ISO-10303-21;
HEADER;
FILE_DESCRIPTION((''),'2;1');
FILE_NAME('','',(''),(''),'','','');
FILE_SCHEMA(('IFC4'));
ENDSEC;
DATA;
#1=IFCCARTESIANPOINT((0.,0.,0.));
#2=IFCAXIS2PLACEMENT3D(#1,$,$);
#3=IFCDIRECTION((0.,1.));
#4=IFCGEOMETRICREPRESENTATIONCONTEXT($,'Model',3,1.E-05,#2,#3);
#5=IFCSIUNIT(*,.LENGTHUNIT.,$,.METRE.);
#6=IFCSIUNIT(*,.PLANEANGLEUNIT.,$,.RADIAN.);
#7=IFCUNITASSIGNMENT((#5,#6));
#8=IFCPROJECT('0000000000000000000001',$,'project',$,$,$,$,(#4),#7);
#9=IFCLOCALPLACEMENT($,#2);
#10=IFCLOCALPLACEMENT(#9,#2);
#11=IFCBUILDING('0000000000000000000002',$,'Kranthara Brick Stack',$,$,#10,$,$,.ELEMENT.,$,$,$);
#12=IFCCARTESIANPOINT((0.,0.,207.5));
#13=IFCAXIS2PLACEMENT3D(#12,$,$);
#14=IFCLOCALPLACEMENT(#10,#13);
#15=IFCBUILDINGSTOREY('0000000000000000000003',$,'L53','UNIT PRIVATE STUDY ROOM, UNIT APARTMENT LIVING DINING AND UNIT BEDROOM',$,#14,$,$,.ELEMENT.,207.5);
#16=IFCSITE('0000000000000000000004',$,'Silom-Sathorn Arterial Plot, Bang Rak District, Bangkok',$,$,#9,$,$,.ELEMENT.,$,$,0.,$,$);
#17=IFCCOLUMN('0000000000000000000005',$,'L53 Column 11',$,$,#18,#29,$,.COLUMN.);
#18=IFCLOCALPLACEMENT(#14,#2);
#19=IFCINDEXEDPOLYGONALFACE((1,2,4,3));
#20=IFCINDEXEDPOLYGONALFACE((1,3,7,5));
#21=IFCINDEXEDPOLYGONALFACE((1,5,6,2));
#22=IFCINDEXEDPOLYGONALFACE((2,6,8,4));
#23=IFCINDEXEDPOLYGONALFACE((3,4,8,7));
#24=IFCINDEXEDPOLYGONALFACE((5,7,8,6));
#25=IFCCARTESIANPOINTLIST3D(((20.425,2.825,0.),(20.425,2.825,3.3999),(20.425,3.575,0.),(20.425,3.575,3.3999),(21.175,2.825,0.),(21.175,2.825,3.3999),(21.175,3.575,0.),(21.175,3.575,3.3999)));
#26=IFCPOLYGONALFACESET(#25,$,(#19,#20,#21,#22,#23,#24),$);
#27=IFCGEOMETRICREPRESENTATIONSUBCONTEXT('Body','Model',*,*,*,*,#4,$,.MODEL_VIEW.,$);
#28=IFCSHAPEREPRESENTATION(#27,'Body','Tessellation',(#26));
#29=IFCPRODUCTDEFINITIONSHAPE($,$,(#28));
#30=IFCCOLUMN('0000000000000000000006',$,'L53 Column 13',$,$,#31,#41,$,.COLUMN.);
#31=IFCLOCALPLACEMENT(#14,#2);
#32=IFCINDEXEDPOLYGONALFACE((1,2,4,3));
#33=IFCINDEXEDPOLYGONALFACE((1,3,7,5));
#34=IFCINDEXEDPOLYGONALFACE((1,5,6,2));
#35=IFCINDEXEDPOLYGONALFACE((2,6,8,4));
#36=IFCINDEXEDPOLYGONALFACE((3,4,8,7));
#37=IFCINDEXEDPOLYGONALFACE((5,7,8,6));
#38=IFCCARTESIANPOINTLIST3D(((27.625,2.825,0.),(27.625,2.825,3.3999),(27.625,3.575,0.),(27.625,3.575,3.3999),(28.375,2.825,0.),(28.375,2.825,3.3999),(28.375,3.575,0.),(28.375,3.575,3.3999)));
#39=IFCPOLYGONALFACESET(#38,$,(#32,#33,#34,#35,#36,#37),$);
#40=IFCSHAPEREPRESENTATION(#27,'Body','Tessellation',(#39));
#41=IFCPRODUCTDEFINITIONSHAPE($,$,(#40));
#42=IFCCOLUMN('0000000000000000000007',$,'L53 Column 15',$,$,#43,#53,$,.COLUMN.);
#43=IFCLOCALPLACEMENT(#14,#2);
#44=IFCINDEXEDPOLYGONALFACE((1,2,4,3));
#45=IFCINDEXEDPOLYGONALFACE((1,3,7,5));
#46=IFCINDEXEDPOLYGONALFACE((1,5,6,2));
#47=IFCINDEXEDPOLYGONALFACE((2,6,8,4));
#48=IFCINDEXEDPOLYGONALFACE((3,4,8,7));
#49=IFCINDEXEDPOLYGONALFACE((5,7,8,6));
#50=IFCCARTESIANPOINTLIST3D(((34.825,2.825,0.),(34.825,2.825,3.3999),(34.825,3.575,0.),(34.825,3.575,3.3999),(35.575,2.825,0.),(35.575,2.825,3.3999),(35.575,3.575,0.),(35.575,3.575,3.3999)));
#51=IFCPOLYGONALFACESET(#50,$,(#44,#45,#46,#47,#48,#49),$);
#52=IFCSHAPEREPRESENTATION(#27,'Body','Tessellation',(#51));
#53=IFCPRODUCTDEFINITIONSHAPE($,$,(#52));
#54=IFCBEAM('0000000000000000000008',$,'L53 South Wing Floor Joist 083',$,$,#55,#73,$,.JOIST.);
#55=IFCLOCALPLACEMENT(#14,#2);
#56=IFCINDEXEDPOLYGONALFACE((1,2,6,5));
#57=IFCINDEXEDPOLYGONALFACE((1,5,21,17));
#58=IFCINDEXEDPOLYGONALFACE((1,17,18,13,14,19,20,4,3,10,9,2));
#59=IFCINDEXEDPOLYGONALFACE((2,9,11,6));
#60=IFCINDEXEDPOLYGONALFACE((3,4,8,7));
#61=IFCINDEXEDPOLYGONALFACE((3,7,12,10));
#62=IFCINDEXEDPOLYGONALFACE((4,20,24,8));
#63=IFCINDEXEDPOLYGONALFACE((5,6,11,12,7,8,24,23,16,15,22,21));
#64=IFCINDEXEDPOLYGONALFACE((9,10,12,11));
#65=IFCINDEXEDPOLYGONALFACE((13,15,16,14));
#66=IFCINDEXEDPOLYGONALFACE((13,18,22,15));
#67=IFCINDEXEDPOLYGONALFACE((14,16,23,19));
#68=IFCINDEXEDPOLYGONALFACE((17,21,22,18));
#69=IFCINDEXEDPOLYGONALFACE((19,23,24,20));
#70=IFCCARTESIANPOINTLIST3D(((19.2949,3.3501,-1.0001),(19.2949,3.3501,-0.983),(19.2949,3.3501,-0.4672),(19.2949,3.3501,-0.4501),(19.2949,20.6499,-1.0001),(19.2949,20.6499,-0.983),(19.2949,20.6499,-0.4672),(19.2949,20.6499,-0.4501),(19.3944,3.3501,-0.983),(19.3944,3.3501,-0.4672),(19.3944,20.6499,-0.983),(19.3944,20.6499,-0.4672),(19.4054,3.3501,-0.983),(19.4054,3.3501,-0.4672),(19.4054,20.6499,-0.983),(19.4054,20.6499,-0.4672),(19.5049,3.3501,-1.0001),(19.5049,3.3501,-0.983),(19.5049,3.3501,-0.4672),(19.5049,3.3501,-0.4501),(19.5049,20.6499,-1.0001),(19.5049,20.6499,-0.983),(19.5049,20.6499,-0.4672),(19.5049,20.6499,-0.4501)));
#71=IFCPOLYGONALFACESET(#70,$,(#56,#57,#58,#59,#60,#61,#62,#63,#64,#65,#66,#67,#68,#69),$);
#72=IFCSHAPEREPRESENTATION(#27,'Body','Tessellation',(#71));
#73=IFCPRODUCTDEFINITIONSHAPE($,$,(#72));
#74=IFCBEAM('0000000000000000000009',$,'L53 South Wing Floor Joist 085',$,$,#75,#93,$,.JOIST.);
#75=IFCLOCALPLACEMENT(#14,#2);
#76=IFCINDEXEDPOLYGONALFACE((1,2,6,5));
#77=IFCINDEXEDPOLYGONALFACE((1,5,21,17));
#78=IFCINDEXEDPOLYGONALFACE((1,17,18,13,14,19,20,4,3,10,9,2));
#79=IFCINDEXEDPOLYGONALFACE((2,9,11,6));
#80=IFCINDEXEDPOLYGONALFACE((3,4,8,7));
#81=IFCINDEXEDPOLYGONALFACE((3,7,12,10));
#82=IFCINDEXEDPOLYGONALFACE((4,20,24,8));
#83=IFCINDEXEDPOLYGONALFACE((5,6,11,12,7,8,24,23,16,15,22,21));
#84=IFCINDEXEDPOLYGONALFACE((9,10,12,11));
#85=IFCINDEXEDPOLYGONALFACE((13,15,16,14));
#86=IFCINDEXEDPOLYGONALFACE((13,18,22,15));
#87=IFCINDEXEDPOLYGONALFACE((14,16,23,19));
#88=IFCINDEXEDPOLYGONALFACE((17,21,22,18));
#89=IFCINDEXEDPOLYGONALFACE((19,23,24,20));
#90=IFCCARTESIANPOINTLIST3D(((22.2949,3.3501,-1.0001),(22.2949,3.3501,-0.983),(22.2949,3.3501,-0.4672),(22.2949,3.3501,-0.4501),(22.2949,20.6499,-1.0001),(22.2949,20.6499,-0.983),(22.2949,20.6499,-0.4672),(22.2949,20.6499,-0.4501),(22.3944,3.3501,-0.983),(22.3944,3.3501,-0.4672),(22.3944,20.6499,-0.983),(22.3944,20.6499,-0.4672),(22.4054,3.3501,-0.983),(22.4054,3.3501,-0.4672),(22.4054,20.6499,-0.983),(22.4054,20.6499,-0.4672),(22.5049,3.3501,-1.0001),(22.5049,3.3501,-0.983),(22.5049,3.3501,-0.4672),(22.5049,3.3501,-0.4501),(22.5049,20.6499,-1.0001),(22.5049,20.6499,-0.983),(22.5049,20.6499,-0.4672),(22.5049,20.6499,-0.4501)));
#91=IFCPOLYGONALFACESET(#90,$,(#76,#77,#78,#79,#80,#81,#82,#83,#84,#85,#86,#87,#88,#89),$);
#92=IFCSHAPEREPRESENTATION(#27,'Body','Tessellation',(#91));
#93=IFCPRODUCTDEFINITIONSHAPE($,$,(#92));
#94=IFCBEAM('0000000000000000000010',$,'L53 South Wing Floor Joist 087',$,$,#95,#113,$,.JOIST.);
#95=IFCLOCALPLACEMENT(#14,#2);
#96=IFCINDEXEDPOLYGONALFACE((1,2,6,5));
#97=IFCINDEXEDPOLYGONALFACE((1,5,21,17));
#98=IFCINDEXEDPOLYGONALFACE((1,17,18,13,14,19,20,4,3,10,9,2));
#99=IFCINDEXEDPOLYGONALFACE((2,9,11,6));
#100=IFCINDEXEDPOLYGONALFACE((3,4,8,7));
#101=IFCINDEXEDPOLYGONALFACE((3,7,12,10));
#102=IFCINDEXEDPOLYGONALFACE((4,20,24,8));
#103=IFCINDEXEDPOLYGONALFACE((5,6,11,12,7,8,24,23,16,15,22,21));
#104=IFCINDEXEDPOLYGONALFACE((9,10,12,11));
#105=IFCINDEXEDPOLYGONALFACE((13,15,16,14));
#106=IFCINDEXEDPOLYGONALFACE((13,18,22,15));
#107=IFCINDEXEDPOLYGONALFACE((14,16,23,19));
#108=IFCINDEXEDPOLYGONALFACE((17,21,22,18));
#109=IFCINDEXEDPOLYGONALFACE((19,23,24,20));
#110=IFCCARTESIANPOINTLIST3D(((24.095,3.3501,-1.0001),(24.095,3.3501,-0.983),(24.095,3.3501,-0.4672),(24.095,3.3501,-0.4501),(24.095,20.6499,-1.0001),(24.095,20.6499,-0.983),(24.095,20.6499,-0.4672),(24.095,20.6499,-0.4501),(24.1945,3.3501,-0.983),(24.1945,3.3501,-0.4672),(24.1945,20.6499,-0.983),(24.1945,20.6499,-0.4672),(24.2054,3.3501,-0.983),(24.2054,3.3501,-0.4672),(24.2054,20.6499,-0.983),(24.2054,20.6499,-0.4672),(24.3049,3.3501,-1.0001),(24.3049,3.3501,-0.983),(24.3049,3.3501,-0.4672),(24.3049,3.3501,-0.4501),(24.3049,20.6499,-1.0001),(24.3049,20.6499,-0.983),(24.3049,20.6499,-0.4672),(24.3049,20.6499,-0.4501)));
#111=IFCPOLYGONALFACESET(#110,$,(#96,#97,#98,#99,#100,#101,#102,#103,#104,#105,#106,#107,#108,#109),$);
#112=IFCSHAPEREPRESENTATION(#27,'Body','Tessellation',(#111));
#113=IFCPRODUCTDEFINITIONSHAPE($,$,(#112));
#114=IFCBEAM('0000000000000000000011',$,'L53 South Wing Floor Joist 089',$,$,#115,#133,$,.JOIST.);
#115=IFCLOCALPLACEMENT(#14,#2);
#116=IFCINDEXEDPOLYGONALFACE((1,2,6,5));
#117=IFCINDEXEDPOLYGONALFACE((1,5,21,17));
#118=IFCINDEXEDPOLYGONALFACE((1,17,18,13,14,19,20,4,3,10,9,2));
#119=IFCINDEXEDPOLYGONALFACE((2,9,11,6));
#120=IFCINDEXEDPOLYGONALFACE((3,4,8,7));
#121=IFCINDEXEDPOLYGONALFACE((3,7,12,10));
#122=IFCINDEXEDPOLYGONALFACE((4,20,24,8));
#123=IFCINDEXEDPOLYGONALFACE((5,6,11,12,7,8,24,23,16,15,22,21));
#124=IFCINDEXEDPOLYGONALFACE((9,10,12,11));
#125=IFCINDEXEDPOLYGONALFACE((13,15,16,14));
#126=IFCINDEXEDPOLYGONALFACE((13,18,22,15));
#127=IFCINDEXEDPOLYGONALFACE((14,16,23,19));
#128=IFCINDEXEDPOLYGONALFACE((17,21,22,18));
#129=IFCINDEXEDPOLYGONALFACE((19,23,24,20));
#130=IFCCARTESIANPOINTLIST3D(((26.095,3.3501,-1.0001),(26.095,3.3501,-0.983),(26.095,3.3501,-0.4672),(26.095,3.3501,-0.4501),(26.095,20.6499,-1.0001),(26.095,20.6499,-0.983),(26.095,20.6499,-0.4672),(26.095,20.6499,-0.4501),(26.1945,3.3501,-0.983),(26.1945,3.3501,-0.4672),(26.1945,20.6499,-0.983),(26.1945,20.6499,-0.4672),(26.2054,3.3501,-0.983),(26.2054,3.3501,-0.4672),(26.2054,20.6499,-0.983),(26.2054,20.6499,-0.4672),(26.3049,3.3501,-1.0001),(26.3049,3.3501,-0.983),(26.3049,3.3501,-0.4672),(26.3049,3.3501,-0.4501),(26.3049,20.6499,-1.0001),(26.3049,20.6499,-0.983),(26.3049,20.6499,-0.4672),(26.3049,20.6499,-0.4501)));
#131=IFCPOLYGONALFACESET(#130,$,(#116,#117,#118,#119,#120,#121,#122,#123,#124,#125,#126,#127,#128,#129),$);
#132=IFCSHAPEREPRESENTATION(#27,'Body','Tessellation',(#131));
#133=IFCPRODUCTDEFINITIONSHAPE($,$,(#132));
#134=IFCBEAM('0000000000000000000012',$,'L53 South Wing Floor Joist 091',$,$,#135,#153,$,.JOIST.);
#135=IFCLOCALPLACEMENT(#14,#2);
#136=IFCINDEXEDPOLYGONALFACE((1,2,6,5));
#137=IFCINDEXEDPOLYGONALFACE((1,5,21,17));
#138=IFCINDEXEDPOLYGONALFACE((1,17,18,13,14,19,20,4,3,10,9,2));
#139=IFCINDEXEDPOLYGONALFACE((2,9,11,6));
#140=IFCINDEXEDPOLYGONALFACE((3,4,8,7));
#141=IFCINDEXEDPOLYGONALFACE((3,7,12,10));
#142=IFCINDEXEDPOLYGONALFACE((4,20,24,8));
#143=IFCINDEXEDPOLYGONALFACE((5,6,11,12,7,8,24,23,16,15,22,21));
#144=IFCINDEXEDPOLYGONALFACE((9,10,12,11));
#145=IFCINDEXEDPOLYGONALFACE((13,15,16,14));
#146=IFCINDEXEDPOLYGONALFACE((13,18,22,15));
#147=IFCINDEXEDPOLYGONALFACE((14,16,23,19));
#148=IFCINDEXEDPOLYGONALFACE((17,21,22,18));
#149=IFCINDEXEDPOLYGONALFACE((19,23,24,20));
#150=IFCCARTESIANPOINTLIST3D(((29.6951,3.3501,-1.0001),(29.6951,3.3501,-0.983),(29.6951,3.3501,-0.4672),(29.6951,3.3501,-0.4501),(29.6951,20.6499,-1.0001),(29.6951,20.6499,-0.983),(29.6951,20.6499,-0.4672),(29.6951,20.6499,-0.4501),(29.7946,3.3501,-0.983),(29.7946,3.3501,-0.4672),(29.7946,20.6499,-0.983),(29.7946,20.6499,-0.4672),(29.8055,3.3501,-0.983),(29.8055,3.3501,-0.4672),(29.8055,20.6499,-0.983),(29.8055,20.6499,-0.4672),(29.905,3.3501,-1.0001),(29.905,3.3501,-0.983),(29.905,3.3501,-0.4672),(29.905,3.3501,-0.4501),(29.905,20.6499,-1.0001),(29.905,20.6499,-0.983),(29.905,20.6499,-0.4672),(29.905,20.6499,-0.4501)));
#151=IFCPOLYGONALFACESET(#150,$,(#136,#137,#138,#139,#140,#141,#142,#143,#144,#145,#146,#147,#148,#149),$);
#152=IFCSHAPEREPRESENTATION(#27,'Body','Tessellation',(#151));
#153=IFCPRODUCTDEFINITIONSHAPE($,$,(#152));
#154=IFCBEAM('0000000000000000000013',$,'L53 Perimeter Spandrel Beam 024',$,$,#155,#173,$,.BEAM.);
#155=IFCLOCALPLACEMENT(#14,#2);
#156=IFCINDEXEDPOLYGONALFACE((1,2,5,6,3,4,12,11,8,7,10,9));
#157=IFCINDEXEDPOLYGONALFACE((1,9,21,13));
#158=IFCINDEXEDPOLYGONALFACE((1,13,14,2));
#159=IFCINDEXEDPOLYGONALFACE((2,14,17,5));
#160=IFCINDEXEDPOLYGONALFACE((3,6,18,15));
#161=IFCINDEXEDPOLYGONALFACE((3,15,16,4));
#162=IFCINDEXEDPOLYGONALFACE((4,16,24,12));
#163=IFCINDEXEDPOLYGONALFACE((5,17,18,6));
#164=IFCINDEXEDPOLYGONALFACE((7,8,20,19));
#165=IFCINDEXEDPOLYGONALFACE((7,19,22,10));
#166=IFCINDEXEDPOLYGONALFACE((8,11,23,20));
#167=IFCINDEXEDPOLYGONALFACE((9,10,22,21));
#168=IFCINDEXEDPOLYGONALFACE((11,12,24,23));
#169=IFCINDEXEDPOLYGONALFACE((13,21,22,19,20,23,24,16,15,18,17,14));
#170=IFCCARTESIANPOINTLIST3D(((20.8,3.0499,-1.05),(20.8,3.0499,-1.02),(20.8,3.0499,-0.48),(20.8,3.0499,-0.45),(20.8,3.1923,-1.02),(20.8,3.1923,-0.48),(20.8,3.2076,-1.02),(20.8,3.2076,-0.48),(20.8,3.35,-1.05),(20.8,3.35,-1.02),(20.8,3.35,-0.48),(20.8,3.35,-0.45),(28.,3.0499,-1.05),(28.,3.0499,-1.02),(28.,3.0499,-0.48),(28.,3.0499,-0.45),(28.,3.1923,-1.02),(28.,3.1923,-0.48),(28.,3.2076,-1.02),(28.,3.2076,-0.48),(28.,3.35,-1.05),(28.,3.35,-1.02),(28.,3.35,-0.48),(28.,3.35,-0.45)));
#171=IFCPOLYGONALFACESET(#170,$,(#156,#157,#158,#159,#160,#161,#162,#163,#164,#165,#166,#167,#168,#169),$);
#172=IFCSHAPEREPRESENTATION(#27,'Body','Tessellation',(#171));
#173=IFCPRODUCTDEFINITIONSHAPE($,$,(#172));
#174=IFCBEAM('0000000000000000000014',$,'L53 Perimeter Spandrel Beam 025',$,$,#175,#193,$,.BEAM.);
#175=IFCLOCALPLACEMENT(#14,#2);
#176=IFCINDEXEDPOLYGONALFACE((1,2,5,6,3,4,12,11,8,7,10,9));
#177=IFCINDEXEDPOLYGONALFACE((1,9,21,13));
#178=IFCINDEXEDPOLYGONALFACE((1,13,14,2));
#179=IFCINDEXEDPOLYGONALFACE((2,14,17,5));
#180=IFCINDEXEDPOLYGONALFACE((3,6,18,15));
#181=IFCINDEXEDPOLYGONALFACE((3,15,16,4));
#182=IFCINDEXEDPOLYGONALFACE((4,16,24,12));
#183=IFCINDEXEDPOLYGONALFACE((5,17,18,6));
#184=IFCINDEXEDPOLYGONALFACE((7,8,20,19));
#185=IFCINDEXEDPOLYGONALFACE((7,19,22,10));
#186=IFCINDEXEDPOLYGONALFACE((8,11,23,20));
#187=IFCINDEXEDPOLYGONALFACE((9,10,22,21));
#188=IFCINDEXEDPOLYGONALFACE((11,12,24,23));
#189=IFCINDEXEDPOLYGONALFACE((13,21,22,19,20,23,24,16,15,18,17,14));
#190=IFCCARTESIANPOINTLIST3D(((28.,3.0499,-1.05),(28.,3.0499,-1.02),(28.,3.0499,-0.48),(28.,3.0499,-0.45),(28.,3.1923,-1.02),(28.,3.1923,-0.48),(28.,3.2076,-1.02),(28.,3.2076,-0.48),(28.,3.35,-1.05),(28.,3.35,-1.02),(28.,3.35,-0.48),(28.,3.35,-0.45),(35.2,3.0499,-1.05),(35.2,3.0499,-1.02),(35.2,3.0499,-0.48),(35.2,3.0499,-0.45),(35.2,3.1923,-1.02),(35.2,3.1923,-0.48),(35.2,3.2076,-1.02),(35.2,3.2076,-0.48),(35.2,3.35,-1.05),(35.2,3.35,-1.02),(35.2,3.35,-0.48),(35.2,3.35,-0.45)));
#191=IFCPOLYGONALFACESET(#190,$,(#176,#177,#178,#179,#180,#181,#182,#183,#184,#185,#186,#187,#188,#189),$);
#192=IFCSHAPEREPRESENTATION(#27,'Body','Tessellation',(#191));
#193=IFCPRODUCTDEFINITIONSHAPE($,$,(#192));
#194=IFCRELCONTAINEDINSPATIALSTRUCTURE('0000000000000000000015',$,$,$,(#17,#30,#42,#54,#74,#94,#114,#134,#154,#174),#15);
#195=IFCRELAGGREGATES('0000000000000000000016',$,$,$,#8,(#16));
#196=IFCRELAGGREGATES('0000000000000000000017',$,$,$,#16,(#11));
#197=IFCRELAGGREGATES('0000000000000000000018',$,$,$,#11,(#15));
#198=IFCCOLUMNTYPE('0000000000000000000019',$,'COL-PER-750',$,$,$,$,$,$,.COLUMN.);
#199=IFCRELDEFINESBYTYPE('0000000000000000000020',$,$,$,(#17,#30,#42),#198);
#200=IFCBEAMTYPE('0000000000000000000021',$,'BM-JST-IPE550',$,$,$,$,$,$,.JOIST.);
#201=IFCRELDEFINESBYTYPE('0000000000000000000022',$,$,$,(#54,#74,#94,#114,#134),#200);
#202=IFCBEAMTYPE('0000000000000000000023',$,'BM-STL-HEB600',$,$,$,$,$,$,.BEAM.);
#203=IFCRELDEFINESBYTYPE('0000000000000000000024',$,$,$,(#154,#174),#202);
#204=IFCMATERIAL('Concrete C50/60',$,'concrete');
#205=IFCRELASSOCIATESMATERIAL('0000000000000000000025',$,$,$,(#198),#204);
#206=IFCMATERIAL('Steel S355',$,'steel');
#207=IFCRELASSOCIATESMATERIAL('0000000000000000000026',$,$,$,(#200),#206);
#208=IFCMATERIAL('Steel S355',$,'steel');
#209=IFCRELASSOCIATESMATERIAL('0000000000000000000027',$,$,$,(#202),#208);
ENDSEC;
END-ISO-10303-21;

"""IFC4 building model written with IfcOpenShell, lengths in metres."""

from ifc_helpers import new_model, si_unit, direction, frame, origin, origin_2d, place, context, subcontext, project, spatial, rectangle, i_section, extrude, material, material_profile, profile_set, type_object, element, save


model = new_model("IFC4")

# Units and contexts
model_context = context("Model", 3, precision=1e-05, world=origin(), true_north=direction((0.0, 1.0)))
body_context = subcontext(model_context, "Body", "Model", "MODEL_VIEW")
ifc_project = project(units=[si_unit("LENGTHUNIT", "METRE"), si_unit("PLANEANGLEUNIT", "RADIAN")], contexts=[model_context])

# Site, building, storey
site_placement = place(None, origin())
site = spatial("IfcSite", under=ifc_project, at=site_placement, Name="Silom-Sathorn Arterial Plot, Bang Rak District, Bangkok", CompositionType="ELEMENT", RefElevation=0.0)
building_placement = place(site_placement, origin())
building = spatial("IfcBuilding", under=site, at=building_placement, Name="Kranthara Brick Stack", CompositionType="ELEMENT")
storey_placement = place(building_placement, frame((0.0, 0.0, 207.5)))
storey = spatial("IfcBuildingStorey", under=building, at=storey_placement, Name="L53", Description="UNIT PRIVATE STUDY ROOM, UNIT APARTMENT LIVING DINING AND UNIT BEDROOM", CompositionType="ELEMENT", Elevation=207.5)

# Columns
ifc_material_1 = material(Name="Concrete C50/60", Category="concrete")
ifc_material_profile_1 = material_profile(ifc_material_1, rectangle(XDim=0.75, YDim=0.75, at=origin_2d()), Name="RC 750x750")
ifc_profile_set_1 = profile_set([ifc_material_profile_1], Name="Concrete C50/60")
column_type = type_object("IfcColumnType", Name="COL-PER-750", PredefinedType="COLUMN", material=ifc_profile_set_1)
for number, where, z_axis, x_axis, name in (
    (1, (20.8, 3.2, 0.0), (0.0, 0.0, 1.0), (1.0, 0.0, 0.0), "L53 Column 11"),
    (2, (28.0, 3.2, 0.0), (0.0, 0.0, 1.0), (1.0, 0.0, 0.0), "L53 Column 13"),
    (3, (35.2, 3.2, 0.0), (0.0, 0.0, 1.0), (1.0, 0.0, 0.0), "L53 Column 15"),
):
    element("IfcColumn", number, at=place(storey_placement, frame(where, z_axis=z_axis, x_axis=x_axis)), inside=storey, type_object=column_type, Name=name, PredefinedType="COLUMN", context=body_context, shape_type="SweptSolid", body=[
        extrude(rectangle(XDim=0.75, YDim=0.75, at=origin_2d()), origin(), (0.0, 0.0, 1.0), 3.3999),
    ])

# Beams
ifc_material_2 = material(Name="Steel S355", Category="steel")
ifc_material_profile_2 = material_profile(ifc_material_2, i_section(OverallWidth=0.21, OverallDepth=0.55, WebThickness=0.011, FlangeThickness=0.0171, at=origin_2d()), Name="IPE 550")
ifc_profile_set_2 = profile_set([ifc_material_profile_2], Name="Steel S355")
beam_type_1 = type_object("IfcBeamType", Name="BM-JST-IPE550", PredefinedType="JOIST", material=ifc_profile_set_2)
for number, where, z_axis, x_axis, name in (
    (4, (19.3999, 3.3501, -0.7251), (0.0, 1.0, 0.0), (-1.0, 0.0, 0.0), "L53 South Wing Floor Joist 083"),
    (5, (22.3999, 3.3501, -0.7251), (0.0, 1.0, 0.0), (-1.0, 0.0, 0.0), "L53 South Wing Floor Joist 085"),
    (6, (24.2, 3.3501, -0.7251), (0.0, 1.0, 0.0), (-1.0, 0.0, 0.0), "L53 South Wing Floor Joist 087"),
    (7, (26.2, 3.3501, -0.7251), (0.0, 1.0, 0.0), (-1.0, 0.0, 0.0), "L53 South Wing Floor Joist 089"),
    (8, (29.8, 3.3501, -0.7251), (0.0, 1.0, 0.0), (-1.0, 0.0, 0.0), "L53 South Wing Floor Joist 091"),
):
    element("IfcBeam", number, at=place(storey_placement, frame(where, z_axis=z_axis, x_axis=x_axis)), inside=storey, type_object=beam_type_1, Name=name, PredefinedType="JOIST", context=body_context, shape_type="SweptSolid", body=[
        extrude(i_section(OverallWidth=0.21, OverallDepth=0.55, WebThickness=0.011, FlangeThickness=0.0171, at=origin_2d()), origin(), (0.0, 0.0, 1.0), 17.2998),
    ])
ifc_material_3 = material(Name="Steel S355", Category="steel")
ifc_material_profile_3 = material_profile(ifc_material_3, i_section(OverallWidth=0.3, OverallDepth=0.6001, WebThickness=0.0154, FlangeThickness=0.03, at=origin_2d()), Name="HEB 600")
ifc_profile_set_3 = profile_set([ifc_material_profile_3], Name="Steel S355")
beam_type_2 = type_object("IfcBeamType", Name="BM-STL-HEB600", PredefinedType="BEAM", material=ifc_profile_set_3)
for number, where, z_axis, x_axis, name in (
    (9, (20.8, 3.2, -0.75), (1.0, 0.0, 0.0), (0.0, 1.0, 0.0), "L53 Perimeter Spandrel Beam 024"),
    (10, (28.0, 3.2, -0.75), (1.0, 0.0, 0.0), (0.0, 1.0, 0.0), "L53 Perimeter Spandrel Beam 025"),
):
    element("IfcBeam", number, at=place(storey_placement, frame(where, z_axis=z_axis, x_axis=x_axis)), inside=storey, type_object=beam_type_2, Name=name, PredefinedType="BEAM", context=body_context, shape_type="SweptSolid", body=[
        extrude(i_section(OverallWidth=0.3, OverallDepth=0.6001, WebThickness=0.0154, FlangeThickness=0.03, at=origin_2d()), origin(), (0.0, 0.0, 1.0), 7.2),
    ])

save(model, "model.ifc")
